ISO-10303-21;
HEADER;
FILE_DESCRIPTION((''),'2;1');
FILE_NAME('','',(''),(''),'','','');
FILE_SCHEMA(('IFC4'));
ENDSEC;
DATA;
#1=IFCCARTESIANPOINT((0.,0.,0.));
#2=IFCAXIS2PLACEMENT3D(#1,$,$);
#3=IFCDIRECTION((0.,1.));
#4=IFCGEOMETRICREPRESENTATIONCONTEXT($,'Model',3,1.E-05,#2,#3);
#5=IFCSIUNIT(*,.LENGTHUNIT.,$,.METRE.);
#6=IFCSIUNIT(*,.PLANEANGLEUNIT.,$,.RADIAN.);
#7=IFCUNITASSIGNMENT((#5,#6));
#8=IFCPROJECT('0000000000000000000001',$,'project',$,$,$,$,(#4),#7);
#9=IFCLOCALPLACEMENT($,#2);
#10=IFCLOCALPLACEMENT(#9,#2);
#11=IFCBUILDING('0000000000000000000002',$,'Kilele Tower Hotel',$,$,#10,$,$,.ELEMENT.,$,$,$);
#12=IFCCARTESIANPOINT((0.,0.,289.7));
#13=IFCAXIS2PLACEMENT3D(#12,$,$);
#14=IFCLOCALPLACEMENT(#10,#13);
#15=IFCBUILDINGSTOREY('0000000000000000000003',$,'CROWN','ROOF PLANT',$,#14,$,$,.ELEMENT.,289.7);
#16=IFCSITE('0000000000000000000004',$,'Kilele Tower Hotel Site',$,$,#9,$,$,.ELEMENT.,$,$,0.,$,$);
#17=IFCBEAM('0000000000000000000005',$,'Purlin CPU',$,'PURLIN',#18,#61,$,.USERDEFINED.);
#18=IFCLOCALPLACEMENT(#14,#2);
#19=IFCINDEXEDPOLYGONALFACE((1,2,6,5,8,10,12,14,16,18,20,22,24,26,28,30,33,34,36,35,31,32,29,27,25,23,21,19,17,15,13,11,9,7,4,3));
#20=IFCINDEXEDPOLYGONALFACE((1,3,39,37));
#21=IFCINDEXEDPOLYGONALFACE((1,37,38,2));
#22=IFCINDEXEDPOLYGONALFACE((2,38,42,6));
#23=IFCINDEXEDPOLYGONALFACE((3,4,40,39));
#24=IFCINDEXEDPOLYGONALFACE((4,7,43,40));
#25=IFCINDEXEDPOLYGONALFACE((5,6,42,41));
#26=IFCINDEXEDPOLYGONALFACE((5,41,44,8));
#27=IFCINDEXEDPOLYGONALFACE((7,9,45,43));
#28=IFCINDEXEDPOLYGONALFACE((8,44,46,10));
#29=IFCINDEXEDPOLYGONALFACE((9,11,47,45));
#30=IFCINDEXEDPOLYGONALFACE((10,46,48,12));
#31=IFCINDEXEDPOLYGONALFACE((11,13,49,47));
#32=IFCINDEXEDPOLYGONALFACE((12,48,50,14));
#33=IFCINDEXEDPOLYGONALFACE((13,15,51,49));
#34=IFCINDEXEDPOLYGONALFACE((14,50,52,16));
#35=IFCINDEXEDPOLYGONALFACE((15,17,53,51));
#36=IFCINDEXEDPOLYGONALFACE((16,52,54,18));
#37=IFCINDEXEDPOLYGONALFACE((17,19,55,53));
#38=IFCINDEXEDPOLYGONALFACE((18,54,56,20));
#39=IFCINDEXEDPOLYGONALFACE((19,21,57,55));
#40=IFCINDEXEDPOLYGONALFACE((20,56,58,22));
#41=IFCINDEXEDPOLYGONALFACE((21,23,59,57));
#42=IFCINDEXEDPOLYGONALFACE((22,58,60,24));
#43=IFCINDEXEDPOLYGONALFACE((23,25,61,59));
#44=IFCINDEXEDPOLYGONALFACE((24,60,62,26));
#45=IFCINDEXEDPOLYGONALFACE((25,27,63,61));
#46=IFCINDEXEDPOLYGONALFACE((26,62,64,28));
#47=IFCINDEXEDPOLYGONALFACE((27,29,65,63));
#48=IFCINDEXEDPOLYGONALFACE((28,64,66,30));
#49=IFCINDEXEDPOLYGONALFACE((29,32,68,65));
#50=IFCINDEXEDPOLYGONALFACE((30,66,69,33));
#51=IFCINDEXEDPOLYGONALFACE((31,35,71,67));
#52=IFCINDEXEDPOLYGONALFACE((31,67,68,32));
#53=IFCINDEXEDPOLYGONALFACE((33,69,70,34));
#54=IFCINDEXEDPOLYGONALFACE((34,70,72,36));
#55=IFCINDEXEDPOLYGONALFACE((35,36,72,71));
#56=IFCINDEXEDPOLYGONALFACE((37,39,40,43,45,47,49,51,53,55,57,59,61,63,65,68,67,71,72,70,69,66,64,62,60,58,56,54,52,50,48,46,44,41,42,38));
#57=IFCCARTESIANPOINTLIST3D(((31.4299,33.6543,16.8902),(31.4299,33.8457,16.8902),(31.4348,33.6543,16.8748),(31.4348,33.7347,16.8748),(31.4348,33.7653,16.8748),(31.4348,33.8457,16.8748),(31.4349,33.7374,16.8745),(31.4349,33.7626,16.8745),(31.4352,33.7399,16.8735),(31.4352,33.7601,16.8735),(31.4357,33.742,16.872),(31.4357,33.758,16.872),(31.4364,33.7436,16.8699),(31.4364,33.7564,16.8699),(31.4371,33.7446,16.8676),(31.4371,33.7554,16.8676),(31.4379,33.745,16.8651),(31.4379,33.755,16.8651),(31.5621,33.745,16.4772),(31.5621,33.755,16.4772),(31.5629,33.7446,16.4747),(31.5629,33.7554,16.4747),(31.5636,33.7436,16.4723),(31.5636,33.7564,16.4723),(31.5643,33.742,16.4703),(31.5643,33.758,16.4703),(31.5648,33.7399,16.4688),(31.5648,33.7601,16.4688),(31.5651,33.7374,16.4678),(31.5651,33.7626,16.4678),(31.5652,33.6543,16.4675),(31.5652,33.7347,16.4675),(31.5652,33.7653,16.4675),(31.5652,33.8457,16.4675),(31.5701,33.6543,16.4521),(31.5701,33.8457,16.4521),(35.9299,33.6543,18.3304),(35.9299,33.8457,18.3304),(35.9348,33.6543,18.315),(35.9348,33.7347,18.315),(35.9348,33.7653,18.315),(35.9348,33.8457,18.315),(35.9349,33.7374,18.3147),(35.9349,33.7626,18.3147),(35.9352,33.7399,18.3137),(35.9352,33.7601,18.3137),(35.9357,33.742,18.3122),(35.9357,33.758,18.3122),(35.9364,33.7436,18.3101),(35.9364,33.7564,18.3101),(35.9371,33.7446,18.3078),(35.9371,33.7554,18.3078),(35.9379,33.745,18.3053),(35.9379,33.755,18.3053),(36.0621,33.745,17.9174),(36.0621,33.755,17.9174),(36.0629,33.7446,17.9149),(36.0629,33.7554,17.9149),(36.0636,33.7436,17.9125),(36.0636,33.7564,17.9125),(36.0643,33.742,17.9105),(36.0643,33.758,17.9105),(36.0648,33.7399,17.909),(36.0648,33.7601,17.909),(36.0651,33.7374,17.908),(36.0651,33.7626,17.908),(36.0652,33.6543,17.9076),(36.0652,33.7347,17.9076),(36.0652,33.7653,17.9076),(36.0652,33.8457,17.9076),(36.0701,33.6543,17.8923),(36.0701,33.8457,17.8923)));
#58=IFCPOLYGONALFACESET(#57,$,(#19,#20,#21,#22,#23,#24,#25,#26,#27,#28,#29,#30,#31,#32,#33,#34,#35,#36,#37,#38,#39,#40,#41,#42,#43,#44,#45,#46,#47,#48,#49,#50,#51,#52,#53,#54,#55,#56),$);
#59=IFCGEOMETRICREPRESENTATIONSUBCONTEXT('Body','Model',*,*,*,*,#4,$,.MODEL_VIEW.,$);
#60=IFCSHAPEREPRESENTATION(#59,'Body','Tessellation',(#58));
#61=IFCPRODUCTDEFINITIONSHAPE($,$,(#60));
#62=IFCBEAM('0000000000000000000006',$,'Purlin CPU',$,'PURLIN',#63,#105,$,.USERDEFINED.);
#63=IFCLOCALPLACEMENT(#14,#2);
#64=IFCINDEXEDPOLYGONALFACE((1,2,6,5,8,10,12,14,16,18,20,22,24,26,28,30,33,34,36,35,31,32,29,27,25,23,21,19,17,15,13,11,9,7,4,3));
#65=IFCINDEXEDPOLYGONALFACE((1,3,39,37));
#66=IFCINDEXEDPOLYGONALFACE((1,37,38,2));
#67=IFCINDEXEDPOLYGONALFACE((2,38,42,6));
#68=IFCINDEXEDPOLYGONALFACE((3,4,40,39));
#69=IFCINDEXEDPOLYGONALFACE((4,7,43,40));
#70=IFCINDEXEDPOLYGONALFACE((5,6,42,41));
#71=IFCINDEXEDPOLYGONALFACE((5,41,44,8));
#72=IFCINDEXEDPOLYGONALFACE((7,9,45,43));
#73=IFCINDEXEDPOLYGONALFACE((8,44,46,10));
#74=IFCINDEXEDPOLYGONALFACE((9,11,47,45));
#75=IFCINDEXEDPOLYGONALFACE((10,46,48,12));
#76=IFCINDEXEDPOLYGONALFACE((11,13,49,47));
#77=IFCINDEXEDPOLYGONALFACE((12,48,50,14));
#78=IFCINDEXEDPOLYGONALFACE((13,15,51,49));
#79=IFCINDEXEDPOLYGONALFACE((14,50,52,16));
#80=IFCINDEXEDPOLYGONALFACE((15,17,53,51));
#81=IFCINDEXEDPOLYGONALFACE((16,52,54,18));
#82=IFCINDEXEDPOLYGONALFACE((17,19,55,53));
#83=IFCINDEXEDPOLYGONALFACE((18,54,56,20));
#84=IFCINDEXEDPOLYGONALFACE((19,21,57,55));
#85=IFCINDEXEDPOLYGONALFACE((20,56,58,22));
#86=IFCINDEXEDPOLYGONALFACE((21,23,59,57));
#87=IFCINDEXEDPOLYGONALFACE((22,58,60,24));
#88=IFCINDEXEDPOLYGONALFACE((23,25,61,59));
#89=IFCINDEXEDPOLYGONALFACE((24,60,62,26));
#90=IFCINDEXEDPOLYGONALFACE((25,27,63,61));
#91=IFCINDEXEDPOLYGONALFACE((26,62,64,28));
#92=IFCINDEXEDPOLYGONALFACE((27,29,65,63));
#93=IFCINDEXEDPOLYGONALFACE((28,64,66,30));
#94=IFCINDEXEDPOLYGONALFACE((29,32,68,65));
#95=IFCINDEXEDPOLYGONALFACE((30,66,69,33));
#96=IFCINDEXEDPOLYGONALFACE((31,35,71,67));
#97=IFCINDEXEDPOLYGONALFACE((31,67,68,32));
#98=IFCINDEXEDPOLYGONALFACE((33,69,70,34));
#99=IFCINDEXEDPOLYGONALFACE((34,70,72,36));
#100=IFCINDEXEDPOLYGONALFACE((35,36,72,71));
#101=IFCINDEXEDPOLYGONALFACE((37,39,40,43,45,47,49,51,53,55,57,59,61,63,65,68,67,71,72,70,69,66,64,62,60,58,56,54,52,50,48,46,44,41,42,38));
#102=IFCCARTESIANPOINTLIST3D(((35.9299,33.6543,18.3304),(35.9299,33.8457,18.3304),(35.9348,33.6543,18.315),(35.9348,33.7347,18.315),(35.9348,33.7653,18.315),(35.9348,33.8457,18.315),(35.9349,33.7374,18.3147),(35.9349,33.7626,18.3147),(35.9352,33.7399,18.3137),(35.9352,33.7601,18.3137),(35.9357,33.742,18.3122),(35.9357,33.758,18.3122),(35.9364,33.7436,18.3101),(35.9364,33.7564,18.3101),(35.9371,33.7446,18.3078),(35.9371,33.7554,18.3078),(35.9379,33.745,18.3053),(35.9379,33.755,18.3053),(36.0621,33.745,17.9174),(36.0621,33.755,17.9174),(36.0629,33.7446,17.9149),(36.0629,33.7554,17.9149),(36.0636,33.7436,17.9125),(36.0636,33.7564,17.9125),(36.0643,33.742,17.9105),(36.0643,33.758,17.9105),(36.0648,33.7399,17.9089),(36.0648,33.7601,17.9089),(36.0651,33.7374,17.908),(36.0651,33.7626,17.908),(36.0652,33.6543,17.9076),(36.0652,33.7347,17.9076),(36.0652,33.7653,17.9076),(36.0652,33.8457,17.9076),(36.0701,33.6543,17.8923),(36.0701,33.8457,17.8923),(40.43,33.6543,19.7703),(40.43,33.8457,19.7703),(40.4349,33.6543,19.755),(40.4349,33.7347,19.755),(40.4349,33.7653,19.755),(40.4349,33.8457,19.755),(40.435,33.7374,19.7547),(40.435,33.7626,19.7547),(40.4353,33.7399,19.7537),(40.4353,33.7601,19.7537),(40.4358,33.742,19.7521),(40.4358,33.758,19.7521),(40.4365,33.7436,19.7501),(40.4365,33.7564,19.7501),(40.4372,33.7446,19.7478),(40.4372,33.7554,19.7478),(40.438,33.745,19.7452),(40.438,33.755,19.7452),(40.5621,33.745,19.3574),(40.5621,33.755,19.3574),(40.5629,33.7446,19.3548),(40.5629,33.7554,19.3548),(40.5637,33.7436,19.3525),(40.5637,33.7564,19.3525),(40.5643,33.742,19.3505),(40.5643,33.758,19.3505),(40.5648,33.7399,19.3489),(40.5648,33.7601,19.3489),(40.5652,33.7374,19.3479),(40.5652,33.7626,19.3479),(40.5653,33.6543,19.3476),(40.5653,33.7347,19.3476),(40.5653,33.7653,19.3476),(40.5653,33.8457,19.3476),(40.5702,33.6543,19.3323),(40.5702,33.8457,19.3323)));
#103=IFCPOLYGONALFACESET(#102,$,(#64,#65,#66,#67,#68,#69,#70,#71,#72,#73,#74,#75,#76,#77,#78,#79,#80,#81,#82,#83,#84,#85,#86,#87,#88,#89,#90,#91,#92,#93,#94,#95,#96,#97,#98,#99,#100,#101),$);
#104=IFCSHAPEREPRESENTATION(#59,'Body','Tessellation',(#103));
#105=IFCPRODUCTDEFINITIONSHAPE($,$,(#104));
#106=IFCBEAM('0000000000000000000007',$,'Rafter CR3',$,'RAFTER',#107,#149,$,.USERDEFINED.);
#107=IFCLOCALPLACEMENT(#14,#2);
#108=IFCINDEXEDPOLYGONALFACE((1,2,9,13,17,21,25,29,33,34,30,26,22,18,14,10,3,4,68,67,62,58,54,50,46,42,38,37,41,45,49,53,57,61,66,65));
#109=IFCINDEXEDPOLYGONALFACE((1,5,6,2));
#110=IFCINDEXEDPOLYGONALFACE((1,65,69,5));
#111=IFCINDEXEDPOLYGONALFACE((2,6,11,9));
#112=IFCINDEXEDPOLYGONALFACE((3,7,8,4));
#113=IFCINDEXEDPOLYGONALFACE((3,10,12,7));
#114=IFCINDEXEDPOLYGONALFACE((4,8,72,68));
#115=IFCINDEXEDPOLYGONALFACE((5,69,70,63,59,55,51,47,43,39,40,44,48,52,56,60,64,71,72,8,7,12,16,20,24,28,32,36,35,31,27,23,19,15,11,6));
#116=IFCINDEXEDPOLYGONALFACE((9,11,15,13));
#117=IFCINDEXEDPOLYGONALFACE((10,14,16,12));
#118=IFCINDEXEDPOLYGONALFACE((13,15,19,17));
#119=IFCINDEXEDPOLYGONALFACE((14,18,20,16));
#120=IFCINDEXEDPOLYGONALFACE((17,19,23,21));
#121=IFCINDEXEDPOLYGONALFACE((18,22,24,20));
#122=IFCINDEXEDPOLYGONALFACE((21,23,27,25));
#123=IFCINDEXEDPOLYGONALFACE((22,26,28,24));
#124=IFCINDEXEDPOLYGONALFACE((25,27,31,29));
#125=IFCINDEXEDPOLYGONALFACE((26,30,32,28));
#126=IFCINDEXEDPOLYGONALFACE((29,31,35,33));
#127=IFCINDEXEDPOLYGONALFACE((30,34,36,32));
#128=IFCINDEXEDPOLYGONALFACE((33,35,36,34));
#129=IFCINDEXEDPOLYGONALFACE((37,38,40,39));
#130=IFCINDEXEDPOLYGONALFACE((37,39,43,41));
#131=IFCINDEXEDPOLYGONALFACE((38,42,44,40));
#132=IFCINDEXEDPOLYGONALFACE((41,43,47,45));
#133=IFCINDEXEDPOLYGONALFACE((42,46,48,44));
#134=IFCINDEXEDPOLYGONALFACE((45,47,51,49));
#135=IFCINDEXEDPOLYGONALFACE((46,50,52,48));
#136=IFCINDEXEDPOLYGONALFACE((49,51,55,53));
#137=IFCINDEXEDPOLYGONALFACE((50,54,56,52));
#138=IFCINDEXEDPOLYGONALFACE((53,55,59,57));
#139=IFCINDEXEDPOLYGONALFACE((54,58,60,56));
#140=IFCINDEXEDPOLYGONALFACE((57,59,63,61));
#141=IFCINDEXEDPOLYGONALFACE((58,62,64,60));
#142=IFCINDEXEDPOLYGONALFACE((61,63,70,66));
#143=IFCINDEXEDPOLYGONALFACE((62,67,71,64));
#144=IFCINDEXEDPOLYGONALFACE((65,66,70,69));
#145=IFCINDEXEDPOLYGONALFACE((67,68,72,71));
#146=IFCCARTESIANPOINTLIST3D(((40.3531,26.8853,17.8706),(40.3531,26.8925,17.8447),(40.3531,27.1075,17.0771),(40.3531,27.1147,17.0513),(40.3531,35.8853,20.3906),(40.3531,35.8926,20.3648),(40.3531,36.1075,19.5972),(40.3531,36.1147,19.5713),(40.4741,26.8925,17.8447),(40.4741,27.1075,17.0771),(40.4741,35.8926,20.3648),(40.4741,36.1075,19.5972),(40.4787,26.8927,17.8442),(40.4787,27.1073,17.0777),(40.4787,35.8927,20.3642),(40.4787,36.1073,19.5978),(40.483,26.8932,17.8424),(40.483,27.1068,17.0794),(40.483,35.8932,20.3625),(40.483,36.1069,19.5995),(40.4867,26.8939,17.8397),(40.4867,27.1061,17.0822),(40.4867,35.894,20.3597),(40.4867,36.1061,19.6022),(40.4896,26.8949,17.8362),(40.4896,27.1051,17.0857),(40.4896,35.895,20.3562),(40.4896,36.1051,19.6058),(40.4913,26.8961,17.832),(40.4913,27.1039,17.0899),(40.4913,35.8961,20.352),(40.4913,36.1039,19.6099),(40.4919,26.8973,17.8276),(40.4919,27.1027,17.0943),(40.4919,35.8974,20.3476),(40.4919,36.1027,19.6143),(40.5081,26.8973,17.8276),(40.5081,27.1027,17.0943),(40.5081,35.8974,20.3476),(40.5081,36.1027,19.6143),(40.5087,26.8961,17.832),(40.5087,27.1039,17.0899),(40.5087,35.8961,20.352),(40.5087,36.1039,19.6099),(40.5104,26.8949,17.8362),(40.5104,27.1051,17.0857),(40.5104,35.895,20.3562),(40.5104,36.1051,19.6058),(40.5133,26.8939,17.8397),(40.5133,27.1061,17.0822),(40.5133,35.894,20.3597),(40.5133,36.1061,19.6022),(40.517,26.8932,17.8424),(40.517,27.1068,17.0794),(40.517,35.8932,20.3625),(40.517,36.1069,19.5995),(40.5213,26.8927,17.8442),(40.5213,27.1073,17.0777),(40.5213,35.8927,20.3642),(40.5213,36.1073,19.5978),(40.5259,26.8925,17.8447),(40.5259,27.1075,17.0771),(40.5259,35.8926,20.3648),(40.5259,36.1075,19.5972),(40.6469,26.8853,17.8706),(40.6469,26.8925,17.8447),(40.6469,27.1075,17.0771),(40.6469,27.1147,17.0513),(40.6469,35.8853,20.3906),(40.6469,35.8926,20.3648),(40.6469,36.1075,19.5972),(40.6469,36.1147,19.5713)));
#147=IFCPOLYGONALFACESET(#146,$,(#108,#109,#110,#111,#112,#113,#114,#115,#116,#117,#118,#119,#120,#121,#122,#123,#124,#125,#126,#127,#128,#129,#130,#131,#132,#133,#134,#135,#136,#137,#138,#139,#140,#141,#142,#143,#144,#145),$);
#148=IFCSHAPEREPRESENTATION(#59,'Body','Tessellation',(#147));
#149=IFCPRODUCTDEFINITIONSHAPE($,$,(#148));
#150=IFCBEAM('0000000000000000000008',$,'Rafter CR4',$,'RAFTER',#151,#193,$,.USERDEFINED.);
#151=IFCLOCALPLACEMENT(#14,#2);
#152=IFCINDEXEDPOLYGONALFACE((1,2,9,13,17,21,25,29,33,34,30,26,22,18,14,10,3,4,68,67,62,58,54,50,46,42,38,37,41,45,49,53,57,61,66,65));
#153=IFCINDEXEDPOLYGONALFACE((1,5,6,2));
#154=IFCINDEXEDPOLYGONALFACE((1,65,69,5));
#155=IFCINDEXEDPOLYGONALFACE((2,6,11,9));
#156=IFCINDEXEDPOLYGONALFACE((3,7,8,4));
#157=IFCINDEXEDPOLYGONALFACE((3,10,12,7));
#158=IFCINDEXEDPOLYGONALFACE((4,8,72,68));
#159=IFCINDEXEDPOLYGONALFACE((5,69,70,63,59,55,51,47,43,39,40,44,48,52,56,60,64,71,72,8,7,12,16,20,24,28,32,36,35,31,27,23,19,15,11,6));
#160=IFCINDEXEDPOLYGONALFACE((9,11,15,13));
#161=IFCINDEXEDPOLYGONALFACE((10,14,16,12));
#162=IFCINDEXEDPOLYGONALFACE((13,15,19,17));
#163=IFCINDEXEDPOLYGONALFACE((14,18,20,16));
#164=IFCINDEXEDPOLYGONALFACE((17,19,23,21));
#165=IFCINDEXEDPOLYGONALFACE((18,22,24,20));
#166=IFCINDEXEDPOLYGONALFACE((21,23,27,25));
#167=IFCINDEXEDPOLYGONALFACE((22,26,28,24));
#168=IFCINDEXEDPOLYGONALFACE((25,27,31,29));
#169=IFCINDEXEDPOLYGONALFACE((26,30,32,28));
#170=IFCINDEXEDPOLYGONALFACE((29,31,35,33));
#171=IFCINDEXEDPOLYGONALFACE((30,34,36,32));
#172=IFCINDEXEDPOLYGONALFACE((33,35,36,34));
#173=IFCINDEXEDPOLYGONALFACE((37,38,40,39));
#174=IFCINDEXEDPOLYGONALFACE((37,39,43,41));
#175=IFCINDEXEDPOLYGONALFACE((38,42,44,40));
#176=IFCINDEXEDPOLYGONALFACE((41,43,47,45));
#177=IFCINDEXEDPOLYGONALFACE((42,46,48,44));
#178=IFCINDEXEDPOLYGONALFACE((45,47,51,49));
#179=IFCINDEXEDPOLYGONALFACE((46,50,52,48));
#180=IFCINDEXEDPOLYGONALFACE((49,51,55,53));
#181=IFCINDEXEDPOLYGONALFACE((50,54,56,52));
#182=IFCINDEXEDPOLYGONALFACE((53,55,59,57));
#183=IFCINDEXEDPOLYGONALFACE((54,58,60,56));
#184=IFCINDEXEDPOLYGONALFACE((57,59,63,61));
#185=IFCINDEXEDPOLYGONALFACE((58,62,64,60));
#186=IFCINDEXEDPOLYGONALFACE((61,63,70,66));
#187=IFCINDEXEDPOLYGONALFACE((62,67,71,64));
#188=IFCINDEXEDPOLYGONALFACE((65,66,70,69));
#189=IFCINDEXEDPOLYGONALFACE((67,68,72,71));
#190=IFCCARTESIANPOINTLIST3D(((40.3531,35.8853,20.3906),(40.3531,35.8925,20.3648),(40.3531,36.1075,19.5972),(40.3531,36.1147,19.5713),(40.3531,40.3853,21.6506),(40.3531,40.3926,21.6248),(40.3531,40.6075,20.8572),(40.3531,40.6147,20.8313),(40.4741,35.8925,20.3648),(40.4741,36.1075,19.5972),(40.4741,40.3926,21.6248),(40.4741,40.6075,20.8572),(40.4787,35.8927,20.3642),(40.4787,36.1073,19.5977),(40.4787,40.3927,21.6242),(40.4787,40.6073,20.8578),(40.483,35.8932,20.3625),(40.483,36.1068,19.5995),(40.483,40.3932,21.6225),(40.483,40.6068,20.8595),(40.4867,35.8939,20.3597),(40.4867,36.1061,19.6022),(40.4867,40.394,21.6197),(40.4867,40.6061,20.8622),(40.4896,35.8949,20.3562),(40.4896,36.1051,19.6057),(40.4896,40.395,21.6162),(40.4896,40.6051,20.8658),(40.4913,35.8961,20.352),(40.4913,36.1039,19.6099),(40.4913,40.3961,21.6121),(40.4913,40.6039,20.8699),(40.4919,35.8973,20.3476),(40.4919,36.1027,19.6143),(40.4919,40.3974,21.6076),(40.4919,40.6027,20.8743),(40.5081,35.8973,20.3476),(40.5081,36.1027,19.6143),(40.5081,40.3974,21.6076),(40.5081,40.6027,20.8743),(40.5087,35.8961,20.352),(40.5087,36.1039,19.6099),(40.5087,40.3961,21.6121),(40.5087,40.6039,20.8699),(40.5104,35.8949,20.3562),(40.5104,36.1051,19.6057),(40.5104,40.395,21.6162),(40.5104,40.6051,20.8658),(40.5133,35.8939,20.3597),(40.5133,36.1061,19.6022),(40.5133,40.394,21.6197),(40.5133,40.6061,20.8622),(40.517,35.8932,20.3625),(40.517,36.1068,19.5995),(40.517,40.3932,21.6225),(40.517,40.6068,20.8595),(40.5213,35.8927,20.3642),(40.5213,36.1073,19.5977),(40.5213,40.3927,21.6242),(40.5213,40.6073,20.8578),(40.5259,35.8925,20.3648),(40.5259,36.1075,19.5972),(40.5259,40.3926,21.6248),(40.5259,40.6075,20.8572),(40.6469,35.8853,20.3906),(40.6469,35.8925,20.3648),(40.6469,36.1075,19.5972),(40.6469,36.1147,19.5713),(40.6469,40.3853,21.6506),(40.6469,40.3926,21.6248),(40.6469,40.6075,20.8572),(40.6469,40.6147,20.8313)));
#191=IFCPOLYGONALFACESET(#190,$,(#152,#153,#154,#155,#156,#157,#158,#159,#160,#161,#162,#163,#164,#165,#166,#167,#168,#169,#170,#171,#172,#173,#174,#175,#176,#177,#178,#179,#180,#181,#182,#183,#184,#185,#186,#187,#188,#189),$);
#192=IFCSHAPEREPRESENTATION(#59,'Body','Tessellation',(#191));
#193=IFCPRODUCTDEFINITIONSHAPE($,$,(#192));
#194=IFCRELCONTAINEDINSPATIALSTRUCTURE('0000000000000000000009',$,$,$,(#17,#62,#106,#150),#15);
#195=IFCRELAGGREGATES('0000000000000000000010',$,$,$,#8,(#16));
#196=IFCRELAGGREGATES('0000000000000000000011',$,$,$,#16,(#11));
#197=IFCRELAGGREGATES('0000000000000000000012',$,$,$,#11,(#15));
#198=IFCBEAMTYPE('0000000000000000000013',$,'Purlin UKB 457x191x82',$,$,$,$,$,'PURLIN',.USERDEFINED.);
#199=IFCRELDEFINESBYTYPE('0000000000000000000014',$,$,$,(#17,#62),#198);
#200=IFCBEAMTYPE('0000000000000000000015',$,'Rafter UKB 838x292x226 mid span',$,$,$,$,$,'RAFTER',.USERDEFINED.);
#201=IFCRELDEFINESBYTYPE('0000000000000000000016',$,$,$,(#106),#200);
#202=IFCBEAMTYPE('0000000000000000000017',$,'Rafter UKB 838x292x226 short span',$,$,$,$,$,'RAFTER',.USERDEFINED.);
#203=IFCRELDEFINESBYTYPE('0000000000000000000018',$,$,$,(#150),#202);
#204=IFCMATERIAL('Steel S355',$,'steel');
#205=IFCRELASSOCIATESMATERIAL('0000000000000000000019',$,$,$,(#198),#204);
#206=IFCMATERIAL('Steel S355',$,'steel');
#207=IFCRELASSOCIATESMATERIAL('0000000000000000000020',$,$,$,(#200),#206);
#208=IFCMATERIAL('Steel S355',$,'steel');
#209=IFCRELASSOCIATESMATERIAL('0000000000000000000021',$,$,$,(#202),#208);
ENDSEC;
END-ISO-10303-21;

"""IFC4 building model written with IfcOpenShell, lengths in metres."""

from ifc_helpers import new_model, si_unit, direction, frame, origin, origin_2d, place, context, subcontext, project, spatial, i_section, extrude, material, material_profile, profile_set, type_object, element, save


model = new_model("IFC4")

# Units and contexts
model_context = context("Model", 3, precision=1e-05, world=origin(), true_north=direction((0.0, 1.0)))
body_context = subcontext(model_context, "Body", "Model", "MODEL_VIEW")
ifc_project = project(units=[si_unit("LENGTHUNIT", "METRE"), si_unit("PLANEANGLEUNIT", "RADIAN")], contexts=[model_context])

# Site, building, storey
site_placement = place(None, origin())
site = spatial("IfcSite", under=ifc_project, at=site_placement, Name="Kilele Tower Hotel Site", CompositionType="ELEMENT", RefElevation=0.0)
building_placement = place(site_placement, origin())
building = spatial("IfcBuilding", under=site, at=building_placement, Name="Kilele Tower Hotel", CompositionType="ELEMENT")
storey_placement = place(building_placement, frame((0.0, 0.0, 289.7)))
storey = spatial("IfcBuildingStorey", under=building, at=storey_placement, Name="CROWN", Description="ROOF PLANT", CompositionType="ELEMENT", Elevation=289.7)

# Beams
ifc_material_1 = material(Name="Steel S355", Category="steel")
ifc_material_profile_1 = material_profile(ifc_material_1, i_section(OverallWidth=0.1914, OverallDepth=0.46, WebThickness=0.01, FlangeThickness=0.0161, FilletRadius=0.0103, at=origin_2d()))
ifc_profile_set_1 = profile_set([ifc_material_profile_1], Name="Steel S355")
beam_type_1 = type_object("IfcBeamType", Name="Purlin UKB 457x191x82", ElementType="PURLIN", PredefinedType="USERDEFINED", material=ifc_profile_set_1)
for number, where, z_axis, x_axis, name in (
    (1, (31.5, 33.75, 16.6711), (0.952413, 0.0, 0.304811), (0.0, 1.0, 0.0), "Purlin CPU"),
    (2, (36.0, 33.75, 18.1113), (0.952428, 0.0, 0.304764), (0.0, 1.0, 0.0), "Purlin CPU"),
):
    element("IfcBeam", number, at=place(storey_placement, frame(where, z_axis=z_axis, x_axis=x_axis)), inside=storey, type_object=beam_type_1, Name=name, ObjectType="PURLIN", PredefinedType="USERDEFINED", context=body_context, shape_type="SweptSolid", body=[
        extrude(i_section(OverallWidth=0.1914, OverallDepth=0.46, WebThickness=0.01, FlangeThickness=0.0161, FilletRadius=0.0103, at=origin_2d()), origin(), (0.0, 0.0, 1.0), 4.7249),
    ])
ifc_material_2 = material(Name="Steel S355", Category="steel")
ifc_material_profile_2 = material_profile(ifc_material_2, i_section(OverallWidth=0.2937, OverallDepth=0.8508, WebThickness=0.0161, FlangeThickness=0.0269, FilletRadius=0.0178, at=origin_2d()))
ifc_profile_set_2 = profile_set([ifc_material_profile_2], Name="Steel S355")
beam_type_2 = type_object("IfcBeamType", Name="Rafter UKB 838x292x226 mid span", ElementType="RAFTER", PredefinedType="USERDEFINED", material=ifc_profile_set_2)
beam_1_placement = place(storey_placement, frame((40.5, 27.0, 17.4609), z_axis=(0.0, 0.962963, 0.269632), x_axis=(-1.0, 0.0, 0.0)))
element("IfcBeam", 3, at=beam_1_placement, inside=storey, type_object=beam_type_2, Name="Rafter CR3", ObjectType="RAFTER", PredefinedType="USERDEFINED", context=body_context, shape_type="SweptSolid", body=[
    extrude(i_section(OverallWidth=0.2937, OverallDepth=0.8508, WebThickness=0.0161, FlangeThickness=0.0269, FilletRadius=0.0178, at=origin_2d()), origin(), (0.0, 0.0, 1.0), 9.3462),
])
ifc_material_3 = material(Name="Steel S355", Category="steel")
ifc_material_profile_3 = material_profile(ifc_material_3, i_section(OverallWidth=0.2937, OverallDepth=0.8508, WebThickness=0.0161, FlangeThickness=0.0269, FilletRadius=0.0178, at=origin_2d()))
ifc_profile_set_3 = profile_set([ifc_material_profile_3], Name="Steel S355")
beam_type_3 = type_object("IfcBeamType", Name="Rafter UKB 838x292x226 short span", ElementType="RAFTER", PredefinedType="USERDEFINED", material=ifc_profile_set_3)
beam_2_placement = place(storey_placement, frame((40.5, 36.0, 19.981), z_axis=(0.0, 0.962963, 0.269632), x_axis=(-1.0, 0.0, 0.0)))
element("IfcBeam", 4, at=beam_2_placement, inside=storey, type_object=beam_type_3, Name="Rafter CR4", ObjectType="RAFTER", PredefinedType="USERDEFINED", context=body_context, shape_type="SweptSolid", body=[
    extrude(i_section(OverallWidth=0.2937, OverallDepth=0.8508, WebThickness=0.0161, FlangeThickness=0.0269, FilletRadius=0.0178, at=origin_2d()), origin(), (0.0, 0.0, 1.0), 4.6731),
])

save(model, "model.ifc")
